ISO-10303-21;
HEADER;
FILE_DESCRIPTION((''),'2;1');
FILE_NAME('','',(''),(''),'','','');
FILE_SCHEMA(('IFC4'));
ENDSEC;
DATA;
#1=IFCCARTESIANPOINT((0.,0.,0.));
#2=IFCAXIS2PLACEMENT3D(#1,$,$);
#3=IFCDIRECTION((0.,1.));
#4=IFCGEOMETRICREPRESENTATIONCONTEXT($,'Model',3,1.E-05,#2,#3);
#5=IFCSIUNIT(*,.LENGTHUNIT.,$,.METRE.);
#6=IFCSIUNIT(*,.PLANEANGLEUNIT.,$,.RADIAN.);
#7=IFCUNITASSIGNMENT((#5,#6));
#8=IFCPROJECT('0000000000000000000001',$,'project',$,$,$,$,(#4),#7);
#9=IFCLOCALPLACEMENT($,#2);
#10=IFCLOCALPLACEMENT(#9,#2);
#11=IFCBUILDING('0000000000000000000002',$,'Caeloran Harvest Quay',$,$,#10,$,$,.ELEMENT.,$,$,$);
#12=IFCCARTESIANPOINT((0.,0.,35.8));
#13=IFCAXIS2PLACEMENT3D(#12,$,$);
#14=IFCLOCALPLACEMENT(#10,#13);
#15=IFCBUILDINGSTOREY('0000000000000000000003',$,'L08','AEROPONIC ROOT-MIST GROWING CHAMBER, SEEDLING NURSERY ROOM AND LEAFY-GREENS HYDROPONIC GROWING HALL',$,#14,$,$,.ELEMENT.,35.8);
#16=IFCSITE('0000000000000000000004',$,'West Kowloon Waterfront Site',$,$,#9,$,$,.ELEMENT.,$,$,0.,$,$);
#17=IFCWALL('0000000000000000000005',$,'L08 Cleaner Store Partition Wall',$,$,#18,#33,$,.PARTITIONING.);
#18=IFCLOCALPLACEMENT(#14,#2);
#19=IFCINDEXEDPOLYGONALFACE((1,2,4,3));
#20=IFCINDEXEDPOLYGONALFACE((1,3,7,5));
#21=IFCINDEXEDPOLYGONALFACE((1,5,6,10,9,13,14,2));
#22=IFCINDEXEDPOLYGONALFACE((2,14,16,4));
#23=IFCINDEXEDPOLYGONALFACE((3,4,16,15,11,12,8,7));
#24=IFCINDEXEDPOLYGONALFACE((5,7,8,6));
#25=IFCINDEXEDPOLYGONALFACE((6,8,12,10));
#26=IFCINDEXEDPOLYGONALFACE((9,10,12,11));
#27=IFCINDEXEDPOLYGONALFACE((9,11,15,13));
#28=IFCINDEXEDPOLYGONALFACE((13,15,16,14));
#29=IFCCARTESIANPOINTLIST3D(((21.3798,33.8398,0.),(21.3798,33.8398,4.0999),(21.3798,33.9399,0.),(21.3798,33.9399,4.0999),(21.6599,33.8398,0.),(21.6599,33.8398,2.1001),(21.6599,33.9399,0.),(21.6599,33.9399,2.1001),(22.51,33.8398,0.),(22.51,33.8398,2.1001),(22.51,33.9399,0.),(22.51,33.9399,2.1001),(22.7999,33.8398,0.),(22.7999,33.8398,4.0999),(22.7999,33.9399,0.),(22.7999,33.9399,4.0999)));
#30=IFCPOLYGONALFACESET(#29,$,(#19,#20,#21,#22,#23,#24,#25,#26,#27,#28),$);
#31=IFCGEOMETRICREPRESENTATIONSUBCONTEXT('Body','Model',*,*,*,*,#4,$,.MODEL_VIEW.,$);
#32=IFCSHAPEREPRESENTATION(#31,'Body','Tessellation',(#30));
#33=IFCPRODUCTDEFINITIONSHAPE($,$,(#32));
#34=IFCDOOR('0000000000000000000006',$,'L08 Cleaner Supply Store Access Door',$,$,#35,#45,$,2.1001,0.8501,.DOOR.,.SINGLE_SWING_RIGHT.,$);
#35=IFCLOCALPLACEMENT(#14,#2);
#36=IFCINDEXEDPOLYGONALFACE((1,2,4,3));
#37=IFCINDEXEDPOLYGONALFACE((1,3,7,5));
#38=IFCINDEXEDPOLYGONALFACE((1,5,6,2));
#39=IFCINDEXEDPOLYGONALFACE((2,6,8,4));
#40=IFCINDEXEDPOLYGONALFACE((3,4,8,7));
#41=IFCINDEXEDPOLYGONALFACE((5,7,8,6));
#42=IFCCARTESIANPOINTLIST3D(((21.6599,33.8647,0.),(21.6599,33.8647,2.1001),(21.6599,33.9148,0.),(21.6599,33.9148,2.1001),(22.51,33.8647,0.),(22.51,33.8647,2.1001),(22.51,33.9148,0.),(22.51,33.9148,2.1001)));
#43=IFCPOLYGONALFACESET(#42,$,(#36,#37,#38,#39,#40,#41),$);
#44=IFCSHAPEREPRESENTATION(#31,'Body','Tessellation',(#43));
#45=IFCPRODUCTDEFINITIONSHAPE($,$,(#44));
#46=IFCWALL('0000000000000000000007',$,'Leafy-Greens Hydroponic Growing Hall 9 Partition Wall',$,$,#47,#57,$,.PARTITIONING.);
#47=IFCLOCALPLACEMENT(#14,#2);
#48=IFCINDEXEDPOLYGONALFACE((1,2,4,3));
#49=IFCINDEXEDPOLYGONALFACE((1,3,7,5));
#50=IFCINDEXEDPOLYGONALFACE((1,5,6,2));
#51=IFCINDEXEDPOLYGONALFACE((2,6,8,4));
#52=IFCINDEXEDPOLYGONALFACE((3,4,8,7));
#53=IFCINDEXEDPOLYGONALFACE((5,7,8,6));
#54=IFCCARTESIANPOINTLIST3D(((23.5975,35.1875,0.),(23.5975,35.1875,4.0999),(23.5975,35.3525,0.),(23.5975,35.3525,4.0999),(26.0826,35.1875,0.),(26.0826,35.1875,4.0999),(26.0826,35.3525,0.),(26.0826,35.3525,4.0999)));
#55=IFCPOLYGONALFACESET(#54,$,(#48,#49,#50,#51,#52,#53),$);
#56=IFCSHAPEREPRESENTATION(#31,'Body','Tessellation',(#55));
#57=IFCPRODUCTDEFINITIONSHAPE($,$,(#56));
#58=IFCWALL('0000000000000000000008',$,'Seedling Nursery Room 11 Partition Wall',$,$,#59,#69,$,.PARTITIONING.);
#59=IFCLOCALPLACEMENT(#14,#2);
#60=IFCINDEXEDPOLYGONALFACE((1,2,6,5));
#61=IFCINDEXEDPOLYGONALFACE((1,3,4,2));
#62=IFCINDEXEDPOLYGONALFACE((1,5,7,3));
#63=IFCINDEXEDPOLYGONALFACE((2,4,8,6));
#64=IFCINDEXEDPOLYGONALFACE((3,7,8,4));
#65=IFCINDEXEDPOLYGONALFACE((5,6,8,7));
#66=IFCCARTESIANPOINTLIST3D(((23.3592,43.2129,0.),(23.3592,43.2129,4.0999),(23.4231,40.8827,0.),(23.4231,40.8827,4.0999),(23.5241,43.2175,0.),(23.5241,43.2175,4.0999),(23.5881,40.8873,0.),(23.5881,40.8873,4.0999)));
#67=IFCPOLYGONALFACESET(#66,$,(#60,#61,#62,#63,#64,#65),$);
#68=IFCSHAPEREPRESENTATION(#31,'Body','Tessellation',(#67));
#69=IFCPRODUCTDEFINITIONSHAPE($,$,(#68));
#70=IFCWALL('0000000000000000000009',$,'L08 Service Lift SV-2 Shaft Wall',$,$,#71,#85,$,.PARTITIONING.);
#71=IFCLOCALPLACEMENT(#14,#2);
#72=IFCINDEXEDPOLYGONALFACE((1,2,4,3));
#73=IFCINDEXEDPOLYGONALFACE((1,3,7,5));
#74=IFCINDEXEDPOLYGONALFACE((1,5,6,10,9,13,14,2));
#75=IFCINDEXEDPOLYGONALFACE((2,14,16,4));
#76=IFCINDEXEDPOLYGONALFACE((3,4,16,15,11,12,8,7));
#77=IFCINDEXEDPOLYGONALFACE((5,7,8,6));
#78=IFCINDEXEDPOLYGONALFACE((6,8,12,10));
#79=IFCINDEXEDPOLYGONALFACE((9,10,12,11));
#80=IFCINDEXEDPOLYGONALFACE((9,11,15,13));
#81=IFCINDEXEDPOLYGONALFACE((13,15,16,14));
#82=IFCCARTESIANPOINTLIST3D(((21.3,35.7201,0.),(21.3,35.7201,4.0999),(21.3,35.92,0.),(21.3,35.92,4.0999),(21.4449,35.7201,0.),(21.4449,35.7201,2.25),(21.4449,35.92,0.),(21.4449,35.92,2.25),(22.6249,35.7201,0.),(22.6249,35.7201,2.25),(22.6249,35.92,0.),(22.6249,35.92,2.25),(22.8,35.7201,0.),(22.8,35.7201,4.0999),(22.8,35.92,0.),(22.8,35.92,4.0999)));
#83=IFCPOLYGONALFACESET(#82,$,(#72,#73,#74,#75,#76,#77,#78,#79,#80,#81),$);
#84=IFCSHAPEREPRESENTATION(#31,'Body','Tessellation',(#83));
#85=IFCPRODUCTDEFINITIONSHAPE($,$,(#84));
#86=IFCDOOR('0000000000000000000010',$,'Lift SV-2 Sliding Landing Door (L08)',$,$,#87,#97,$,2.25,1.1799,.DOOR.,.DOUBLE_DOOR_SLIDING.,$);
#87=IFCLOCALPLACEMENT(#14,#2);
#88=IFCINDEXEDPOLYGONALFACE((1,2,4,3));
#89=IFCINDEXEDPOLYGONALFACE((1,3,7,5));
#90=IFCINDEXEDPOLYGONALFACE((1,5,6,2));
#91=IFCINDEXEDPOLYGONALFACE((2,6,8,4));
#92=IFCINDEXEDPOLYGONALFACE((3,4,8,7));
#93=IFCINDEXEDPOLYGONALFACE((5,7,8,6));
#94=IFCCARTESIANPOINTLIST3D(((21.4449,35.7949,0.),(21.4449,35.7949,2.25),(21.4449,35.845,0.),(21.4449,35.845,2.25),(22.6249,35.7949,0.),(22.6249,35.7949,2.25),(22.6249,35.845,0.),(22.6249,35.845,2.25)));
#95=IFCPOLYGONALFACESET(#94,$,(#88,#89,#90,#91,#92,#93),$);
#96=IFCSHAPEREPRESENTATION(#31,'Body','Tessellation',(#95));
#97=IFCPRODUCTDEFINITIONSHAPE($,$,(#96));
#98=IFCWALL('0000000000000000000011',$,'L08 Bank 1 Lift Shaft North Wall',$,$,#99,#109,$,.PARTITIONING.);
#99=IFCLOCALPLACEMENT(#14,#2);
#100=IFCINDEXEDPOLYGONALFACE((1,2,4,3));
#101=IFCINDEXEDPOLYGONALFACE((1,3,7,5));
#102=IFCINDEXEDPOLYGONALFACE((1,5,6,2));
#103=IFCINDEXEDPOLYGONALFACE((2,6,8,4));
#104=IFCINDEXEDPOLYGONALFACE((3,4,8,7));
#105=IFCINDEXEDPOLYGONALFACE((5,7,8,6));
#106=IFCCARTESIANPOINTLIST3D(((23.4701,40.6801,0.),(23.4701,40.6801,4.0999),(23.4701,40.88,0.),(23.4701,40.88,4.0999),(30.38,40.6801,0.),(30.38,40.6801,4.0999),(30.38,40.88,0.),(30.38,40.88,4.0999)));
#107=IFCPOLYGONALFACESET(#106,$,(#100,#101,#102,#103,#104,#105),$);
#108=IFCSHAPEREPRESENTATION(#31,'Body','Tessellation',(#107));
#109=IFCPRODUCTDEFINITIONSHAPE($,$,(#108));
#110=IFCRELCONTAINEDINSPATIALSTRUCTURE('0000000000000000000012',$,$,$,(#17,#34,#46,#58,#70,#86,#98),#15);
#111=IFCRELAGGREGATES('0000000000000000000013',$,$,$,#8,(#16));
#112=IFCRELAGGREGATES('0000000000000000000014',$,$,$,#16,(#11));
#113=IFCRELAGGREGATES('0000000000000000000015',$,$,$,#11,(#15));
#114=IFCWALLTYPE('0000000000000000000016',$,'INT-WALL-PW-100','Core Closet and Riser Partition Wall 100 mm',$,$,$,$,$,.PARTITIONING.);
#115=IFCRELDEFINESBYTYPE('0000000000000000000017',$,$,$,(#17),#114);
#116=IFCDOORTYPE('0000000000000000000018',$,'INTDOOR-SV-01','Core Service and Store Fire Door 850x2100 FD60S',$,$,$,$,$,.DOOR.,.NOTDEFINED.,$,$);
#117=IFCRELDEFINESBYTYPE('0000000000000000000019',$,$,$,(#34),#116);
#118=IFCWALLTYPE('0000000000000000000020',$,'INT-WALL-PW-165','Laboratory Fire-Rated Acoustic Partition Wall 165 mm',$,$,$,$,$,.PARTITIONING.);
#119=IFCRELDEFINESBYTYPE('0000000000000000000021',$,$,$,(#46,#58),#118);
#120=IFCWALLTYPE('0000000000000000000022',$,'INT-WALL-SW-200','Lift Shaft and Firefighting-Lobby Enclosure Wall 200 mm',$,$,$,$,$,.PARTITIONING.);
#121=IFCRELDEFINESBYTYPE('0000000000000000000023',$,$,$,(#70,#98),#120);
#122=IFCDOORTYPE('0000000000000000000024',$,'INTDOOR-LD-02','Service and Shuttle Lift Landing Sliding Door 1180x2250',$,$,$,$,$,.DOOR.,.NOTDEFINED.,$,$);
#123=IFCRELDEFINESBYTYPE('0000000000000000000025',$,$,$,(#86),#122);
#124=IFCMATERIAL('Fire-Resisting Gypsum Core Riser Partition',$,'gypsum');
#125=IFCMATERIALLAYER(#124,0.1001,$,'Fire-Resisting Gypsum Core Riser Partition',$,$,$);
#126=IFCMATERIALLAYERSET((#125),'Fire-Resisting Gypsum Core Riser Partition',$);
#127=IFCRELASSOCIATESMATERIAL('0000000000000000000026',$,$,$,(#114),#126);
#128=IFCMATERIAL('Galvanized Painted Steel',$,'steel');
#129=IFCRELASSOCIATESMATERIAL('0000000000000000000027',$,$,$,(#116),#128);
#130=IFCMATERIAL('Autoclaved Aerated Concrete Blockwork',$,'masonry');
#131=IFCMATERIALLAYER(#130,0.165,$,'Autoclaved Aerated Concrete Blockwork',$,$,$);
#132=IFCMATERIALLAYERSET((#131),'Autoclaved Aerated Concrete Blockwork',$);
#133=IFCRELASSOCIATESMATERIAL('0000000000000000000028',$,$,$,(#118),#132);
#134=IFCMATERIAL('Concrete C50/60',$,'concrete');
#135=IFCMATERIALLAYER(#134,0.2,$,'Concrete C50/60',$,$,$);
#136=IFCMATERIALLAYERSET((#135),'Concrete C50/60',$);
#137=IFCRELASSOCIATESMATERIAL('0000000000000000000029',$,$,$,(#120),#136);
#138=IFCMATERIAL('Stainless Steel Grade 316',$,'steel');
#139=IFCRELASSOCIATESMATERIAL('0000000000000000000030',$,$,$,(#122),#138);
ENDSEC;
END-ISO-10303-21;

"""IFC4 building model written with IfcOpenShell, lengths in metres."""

from ifc_helpers import new_model, si_unit, direction, frame, frame_2d, origin, place, context, subcontext, project, spatial, rectangle, extrude, material, layer, layer_set, type_object, element, fill, save


model = new_model("IFC4")

# Units and contexts
model_context = context("Model", 3, precision=1e-05, world=origin(), true_north=direction((0.0, 1.0)))
body_context = subcontext(model_context, "Body", "Model", "MODEL_VIEW")
ifc_project = project(units=[si_unit("LENGTHUNIT", "METRE"), si_unit("PLANEANGLEUNIT", "RADIAN")], contexts=[model_context])

# Site, building, storey
site_placement = place(None, origin())
site = spatial("IfcSite", under=ifc_project, at=site_placement, Name="West Kowloon Waterfront Site", CompositionType="ELEMENT", RefElevation=0.0)
building_placement = place(site_placement, origin())
building = spatial("IfcBuilding", under=site, at=building_placement, Name="Caeloran Harvest Quay", CompositionType="ELEMENT")
storey_placement = place(building_placement, frame((0.0, 0.0, 35.8)))
storey = spatial("IfcBuildingStorey", under=building, at=storey_placement, Name="L08", Description="AEROPONIC ROOT-MIST GROWING CHAMBER, SEEDLING NURSERY ROOM AND LEAFY-GREENS HYDROPONIC GROWING HALL", CompositionType="ELEMENT", Elevation=35.8)

# Wall, opening, door
ifc_material_1 = material(Name="Fire-Resisting Gypsum Core Riser Partition", Category="gypsum")
ifc_layer_1 = layer(ifc_material_1, 0.1001, Name="Fire-Resisting Gypsum Core Riser Partition")
ifc_layer_set_1 = layer_set([ifc_layer_1], Name="Fire-Resisting Gypsum Core Riser Partition")
wall_type_1 = type_object("IfcWallType", Name="INT-WALL-PW-100", Description="Core Closet and Riser Partition Wall 100 mm", PredefinedType="PARTITIONING", material=ifc_layer_set_1)
wall_1_placement = place(storey_placement, frame((21.3799, 33.8899, 0.0), z_axis=(0.0, 0.0, 1.0), x_axis=(1.0, 0.0, 0.0)))
wall_1 = element("IfcWall", 1, at=wall_1_placement, inside=storey, type_object=wall_type_1, Name="L08 Cleaner Store Partition Wall", PredefinedType="PARTITIONING", context=body_context, shape_type="SweptSolid", body=[
    extrude(rectangle(XDim=1.4202, YDim=0.1001, at=frame_2d((0.71, 0.0))), origin(), (0.0, 0.0, 1.0), 4.0999),
])
opening_1_placement = place(wall_1_placement, frame((0.28, 0.0, 0.0)))
opening_1 = element("IfcOpeningElement", 2, at=opening_1_placement, cuts=wall_1, PredefinedType="OPENING", context=body_context, shape_type="SweptSolid", body=[
    extrude(rectangle(XDim=0.8501, YDim=2.1001, at=frame_2d((0.425, 1.05))), frame((0.0, 0.0601, 0.0), z_axis=(0.0, -1.0, 0.0), x_axis=(1.0, 0.0, 0.0)), (0.0, 0.0, 1.0), 0.1201),
])
ifc_material_2 = material(Name="Galvanized Painted Steel", Category="steel")
door_type_1 = type_object("IfcDoorType", Name="INTDOOR-SV-01", Description="Core Service and Store Fire Door 850x2100 FD60S", OperationType="NOTDEFINED", PredefinedType="DOOR", material=ifc_material_2)
door_1_placement = place(opening_1_placement, origin())
door_1 = element("IfcDoor", 3, at=door_1_placement, inside=storey, type_object=door_type_1, Name="L08 Cleaner Supply Store Access Door", OperationType="SINGLE_SWING_RIGHT", OverallHeight=2.1001, OverallWidth=0.8501, PredefinedType="DOOR", context=body_context, shape_type="SweptSolid", body=[
    extrude(rectangle(XDim=0.8501, YDim=2.1001, at=frame_2d((0.425, 1.05))), frame((0.0, 0.0249, 0.0), z_axis=(0.0, -1.0, 0.0), x_axis=(1.0, 0.0, 0.0)), (0.0, 0.0, 1.0), 0.05),
])
fill(opening_1, door_1)

# Walls
ifc_material_3 = material(Name="Autoclaved Aerated Concrete Blockwork", Category="masonry")
ifc_layer_2 = layer(ifc_material_3, 0.165, Name="Autoclaved Aerated Concrete Blockwork")
ifc_layer_set_2 = layer_set([ifc_layer_2], Name="Autoclaved Aerated Concrete Blockwork")
wall_type_2 = type_object("IfcWallType", Name="INT-WALL-PW-165", Description="Laboratory Fire-Rated Acoustic Partition Wall 165 mm", PredefinedType="PARTITIONING", material=ifc_layer_set_2)
wall_2_placement = place(storey_placement, frame((23.5974, 35.27, 0.0), z_axis=(0.0, 0.0, 1.0), x_axis=(1.0, 0.0, 0.0)))
element("IfcWall", 4, at=wall_2_placement, inside=storey, type_object=wall_type_2, Name="Leafy-Greens Hydroponic Growing Hall 9 Partition Wall", PredefinedType="PARTITIONING", context=body_context, shape_type="SweptSolid", body=[
    extrude(rectangle(XDim=2.4851, YDim=0.165, at=frame_2d((1.2427, 0.0))), origin(), (0.0, 0.0, 1.0), 4.0999),
])
wall_3_placement = place(storey_placement, frame((23.5056, 40.885, 0.0), z_axis=(0.0, 0.0, 1.0), x_axis=(-0.027441, 0.999623, 0.0)))
element("IfcWall", 5, at=wall_3_placement, inside=storey, type_object=wall_type_2, Name="Seedling Nursery Room 11 Partition Wall", PredefinedType="PARTITIONING", context=body_context, shape_type="SweptSolid", body=[
    extrude(rectangle(XDim=2.3311, YDim=0.165, at=frame_2d((1.1655, 0.0))), origin(), (0.0, 0.0, 1.0), 4.0999),
])

# Wall, opening, door
ifc_material_4 = material(Name="Concrete C50/60", Category="concrete")
ifc_layer_3 = layer(ifc_material_4, 0.2, Name="Concrete C50/60")
ifc_layer_set_3 = layer_set([ifc_layer_3], Name="Concrete C50/60")
wall_type_3 = type_object("IfcWallType", Name="INT-WALL-SW-200", Description="Lift Shaft and Firefighting-Lobby Enclosure Wall 200 mm", PredefinedType="PARTITIONING", material=ifc_layer_set_3)
wall_4_placement = place(storey_placement, frame((21.3, 35.8201, 0.0), z_axis=(0.0, 0.0, 1.0), x_axis=(1.0, 0.0, 0.0)))
wall_4 = element("IfcWall", 6, at=wall_4_placement, inside=storey, type_object=wall_type_3, Name="L08 Service Lift SV-2 Shaft Wall", PredefinedType="PARTITIONING", context=body_context, shape_type="SweptSolid", body=[
    extrude(rectangle(XDim=1.5, YDim=0.2, at=frame_2d((0.75, 0.0))), origin(), (0.0, 0.0, 1.0), 4.0999),
])
opening_2_placement = place(wall_4_placement, frame((0.145, 0.0, 0.0)))
opening_2 = element("IfcOpeningElement", 7, at=opening_2_placement, cuts=wall_4, PredefinedType="OPENING", context=body_context, shape_type="SweptSolid", body=[
    extrude(rectangle(XDim=1.1799, YDim=2.25, at=frame_2d((0.5898, 1.125))), frame((0.0, 0.1099, 0.0), z_axis=(0.0, -1.0, 0.0), x_axis=(1.0, 0.0, 0.0)), (0.0, 0.0, 1.0), 0.22),
])
ifc_material_5 = material(Name="Stainless Steel Grade 316", Category="steel")
door_type_2 = type_object("IfcDoorType", Name="INTDOOR-LD-02", Description="Service and Shuttle Lift Landing Sliding Door 1180x2250", OperationType="NOTDEFINED", PredefinedType="DOOR", material=ifc_material_5)
door_2_placement = place(opening_2_placement, origin())
door_2 = element("IfcDoor", 8, at=door_2_placement, inside=storey, type_object=door_type_2, Name="Lift SV-2 Sliding Landing Door (L08)", OperationType="DOUBLE_DOOR_SLIDING", OverallHeight=2.25, OverallWidth=1.1799, PredefinedType="DOOR", context=body_context, shape_type="SweptSolid", body=[
    extrude(rectangle(XDim=1.1799, YDim=2.25, at=frame_2d((0.5898, 1.125))), frame((0.0, 0.0249, 0.0), z_axis=(0.0, -1.0, 0.0), x_axis=(1.0, 0.0, 0.0)), (0.0, 0.0, 1.0), 0.05),
])
fill(opening_2, door_2)

# Wall
wall_5_placement = place(storey_placement, frame((23.47, 40.78, 0.0), z_axis=(0.0, 0.0, 1.0), x_axis=(1.0, 0.0, 0.0)))
element("IfcWall", 9, at=wall_5_placement, inside=storey, type_object=wall_type_3, Name="L08 Bank 1 Lift Shaft North Wall", PredefinedType="PARTITIONING", context=body_context, shape_type="SweptSolid", body=[
    extrude(rectangle(XDim=6.9099, YDim=0.2, at=frame_2d((3.4551, 0.0))), origin(), (0.0, 0.0, 1.0), 4.0999),
])

save(model, "model.ifc")
